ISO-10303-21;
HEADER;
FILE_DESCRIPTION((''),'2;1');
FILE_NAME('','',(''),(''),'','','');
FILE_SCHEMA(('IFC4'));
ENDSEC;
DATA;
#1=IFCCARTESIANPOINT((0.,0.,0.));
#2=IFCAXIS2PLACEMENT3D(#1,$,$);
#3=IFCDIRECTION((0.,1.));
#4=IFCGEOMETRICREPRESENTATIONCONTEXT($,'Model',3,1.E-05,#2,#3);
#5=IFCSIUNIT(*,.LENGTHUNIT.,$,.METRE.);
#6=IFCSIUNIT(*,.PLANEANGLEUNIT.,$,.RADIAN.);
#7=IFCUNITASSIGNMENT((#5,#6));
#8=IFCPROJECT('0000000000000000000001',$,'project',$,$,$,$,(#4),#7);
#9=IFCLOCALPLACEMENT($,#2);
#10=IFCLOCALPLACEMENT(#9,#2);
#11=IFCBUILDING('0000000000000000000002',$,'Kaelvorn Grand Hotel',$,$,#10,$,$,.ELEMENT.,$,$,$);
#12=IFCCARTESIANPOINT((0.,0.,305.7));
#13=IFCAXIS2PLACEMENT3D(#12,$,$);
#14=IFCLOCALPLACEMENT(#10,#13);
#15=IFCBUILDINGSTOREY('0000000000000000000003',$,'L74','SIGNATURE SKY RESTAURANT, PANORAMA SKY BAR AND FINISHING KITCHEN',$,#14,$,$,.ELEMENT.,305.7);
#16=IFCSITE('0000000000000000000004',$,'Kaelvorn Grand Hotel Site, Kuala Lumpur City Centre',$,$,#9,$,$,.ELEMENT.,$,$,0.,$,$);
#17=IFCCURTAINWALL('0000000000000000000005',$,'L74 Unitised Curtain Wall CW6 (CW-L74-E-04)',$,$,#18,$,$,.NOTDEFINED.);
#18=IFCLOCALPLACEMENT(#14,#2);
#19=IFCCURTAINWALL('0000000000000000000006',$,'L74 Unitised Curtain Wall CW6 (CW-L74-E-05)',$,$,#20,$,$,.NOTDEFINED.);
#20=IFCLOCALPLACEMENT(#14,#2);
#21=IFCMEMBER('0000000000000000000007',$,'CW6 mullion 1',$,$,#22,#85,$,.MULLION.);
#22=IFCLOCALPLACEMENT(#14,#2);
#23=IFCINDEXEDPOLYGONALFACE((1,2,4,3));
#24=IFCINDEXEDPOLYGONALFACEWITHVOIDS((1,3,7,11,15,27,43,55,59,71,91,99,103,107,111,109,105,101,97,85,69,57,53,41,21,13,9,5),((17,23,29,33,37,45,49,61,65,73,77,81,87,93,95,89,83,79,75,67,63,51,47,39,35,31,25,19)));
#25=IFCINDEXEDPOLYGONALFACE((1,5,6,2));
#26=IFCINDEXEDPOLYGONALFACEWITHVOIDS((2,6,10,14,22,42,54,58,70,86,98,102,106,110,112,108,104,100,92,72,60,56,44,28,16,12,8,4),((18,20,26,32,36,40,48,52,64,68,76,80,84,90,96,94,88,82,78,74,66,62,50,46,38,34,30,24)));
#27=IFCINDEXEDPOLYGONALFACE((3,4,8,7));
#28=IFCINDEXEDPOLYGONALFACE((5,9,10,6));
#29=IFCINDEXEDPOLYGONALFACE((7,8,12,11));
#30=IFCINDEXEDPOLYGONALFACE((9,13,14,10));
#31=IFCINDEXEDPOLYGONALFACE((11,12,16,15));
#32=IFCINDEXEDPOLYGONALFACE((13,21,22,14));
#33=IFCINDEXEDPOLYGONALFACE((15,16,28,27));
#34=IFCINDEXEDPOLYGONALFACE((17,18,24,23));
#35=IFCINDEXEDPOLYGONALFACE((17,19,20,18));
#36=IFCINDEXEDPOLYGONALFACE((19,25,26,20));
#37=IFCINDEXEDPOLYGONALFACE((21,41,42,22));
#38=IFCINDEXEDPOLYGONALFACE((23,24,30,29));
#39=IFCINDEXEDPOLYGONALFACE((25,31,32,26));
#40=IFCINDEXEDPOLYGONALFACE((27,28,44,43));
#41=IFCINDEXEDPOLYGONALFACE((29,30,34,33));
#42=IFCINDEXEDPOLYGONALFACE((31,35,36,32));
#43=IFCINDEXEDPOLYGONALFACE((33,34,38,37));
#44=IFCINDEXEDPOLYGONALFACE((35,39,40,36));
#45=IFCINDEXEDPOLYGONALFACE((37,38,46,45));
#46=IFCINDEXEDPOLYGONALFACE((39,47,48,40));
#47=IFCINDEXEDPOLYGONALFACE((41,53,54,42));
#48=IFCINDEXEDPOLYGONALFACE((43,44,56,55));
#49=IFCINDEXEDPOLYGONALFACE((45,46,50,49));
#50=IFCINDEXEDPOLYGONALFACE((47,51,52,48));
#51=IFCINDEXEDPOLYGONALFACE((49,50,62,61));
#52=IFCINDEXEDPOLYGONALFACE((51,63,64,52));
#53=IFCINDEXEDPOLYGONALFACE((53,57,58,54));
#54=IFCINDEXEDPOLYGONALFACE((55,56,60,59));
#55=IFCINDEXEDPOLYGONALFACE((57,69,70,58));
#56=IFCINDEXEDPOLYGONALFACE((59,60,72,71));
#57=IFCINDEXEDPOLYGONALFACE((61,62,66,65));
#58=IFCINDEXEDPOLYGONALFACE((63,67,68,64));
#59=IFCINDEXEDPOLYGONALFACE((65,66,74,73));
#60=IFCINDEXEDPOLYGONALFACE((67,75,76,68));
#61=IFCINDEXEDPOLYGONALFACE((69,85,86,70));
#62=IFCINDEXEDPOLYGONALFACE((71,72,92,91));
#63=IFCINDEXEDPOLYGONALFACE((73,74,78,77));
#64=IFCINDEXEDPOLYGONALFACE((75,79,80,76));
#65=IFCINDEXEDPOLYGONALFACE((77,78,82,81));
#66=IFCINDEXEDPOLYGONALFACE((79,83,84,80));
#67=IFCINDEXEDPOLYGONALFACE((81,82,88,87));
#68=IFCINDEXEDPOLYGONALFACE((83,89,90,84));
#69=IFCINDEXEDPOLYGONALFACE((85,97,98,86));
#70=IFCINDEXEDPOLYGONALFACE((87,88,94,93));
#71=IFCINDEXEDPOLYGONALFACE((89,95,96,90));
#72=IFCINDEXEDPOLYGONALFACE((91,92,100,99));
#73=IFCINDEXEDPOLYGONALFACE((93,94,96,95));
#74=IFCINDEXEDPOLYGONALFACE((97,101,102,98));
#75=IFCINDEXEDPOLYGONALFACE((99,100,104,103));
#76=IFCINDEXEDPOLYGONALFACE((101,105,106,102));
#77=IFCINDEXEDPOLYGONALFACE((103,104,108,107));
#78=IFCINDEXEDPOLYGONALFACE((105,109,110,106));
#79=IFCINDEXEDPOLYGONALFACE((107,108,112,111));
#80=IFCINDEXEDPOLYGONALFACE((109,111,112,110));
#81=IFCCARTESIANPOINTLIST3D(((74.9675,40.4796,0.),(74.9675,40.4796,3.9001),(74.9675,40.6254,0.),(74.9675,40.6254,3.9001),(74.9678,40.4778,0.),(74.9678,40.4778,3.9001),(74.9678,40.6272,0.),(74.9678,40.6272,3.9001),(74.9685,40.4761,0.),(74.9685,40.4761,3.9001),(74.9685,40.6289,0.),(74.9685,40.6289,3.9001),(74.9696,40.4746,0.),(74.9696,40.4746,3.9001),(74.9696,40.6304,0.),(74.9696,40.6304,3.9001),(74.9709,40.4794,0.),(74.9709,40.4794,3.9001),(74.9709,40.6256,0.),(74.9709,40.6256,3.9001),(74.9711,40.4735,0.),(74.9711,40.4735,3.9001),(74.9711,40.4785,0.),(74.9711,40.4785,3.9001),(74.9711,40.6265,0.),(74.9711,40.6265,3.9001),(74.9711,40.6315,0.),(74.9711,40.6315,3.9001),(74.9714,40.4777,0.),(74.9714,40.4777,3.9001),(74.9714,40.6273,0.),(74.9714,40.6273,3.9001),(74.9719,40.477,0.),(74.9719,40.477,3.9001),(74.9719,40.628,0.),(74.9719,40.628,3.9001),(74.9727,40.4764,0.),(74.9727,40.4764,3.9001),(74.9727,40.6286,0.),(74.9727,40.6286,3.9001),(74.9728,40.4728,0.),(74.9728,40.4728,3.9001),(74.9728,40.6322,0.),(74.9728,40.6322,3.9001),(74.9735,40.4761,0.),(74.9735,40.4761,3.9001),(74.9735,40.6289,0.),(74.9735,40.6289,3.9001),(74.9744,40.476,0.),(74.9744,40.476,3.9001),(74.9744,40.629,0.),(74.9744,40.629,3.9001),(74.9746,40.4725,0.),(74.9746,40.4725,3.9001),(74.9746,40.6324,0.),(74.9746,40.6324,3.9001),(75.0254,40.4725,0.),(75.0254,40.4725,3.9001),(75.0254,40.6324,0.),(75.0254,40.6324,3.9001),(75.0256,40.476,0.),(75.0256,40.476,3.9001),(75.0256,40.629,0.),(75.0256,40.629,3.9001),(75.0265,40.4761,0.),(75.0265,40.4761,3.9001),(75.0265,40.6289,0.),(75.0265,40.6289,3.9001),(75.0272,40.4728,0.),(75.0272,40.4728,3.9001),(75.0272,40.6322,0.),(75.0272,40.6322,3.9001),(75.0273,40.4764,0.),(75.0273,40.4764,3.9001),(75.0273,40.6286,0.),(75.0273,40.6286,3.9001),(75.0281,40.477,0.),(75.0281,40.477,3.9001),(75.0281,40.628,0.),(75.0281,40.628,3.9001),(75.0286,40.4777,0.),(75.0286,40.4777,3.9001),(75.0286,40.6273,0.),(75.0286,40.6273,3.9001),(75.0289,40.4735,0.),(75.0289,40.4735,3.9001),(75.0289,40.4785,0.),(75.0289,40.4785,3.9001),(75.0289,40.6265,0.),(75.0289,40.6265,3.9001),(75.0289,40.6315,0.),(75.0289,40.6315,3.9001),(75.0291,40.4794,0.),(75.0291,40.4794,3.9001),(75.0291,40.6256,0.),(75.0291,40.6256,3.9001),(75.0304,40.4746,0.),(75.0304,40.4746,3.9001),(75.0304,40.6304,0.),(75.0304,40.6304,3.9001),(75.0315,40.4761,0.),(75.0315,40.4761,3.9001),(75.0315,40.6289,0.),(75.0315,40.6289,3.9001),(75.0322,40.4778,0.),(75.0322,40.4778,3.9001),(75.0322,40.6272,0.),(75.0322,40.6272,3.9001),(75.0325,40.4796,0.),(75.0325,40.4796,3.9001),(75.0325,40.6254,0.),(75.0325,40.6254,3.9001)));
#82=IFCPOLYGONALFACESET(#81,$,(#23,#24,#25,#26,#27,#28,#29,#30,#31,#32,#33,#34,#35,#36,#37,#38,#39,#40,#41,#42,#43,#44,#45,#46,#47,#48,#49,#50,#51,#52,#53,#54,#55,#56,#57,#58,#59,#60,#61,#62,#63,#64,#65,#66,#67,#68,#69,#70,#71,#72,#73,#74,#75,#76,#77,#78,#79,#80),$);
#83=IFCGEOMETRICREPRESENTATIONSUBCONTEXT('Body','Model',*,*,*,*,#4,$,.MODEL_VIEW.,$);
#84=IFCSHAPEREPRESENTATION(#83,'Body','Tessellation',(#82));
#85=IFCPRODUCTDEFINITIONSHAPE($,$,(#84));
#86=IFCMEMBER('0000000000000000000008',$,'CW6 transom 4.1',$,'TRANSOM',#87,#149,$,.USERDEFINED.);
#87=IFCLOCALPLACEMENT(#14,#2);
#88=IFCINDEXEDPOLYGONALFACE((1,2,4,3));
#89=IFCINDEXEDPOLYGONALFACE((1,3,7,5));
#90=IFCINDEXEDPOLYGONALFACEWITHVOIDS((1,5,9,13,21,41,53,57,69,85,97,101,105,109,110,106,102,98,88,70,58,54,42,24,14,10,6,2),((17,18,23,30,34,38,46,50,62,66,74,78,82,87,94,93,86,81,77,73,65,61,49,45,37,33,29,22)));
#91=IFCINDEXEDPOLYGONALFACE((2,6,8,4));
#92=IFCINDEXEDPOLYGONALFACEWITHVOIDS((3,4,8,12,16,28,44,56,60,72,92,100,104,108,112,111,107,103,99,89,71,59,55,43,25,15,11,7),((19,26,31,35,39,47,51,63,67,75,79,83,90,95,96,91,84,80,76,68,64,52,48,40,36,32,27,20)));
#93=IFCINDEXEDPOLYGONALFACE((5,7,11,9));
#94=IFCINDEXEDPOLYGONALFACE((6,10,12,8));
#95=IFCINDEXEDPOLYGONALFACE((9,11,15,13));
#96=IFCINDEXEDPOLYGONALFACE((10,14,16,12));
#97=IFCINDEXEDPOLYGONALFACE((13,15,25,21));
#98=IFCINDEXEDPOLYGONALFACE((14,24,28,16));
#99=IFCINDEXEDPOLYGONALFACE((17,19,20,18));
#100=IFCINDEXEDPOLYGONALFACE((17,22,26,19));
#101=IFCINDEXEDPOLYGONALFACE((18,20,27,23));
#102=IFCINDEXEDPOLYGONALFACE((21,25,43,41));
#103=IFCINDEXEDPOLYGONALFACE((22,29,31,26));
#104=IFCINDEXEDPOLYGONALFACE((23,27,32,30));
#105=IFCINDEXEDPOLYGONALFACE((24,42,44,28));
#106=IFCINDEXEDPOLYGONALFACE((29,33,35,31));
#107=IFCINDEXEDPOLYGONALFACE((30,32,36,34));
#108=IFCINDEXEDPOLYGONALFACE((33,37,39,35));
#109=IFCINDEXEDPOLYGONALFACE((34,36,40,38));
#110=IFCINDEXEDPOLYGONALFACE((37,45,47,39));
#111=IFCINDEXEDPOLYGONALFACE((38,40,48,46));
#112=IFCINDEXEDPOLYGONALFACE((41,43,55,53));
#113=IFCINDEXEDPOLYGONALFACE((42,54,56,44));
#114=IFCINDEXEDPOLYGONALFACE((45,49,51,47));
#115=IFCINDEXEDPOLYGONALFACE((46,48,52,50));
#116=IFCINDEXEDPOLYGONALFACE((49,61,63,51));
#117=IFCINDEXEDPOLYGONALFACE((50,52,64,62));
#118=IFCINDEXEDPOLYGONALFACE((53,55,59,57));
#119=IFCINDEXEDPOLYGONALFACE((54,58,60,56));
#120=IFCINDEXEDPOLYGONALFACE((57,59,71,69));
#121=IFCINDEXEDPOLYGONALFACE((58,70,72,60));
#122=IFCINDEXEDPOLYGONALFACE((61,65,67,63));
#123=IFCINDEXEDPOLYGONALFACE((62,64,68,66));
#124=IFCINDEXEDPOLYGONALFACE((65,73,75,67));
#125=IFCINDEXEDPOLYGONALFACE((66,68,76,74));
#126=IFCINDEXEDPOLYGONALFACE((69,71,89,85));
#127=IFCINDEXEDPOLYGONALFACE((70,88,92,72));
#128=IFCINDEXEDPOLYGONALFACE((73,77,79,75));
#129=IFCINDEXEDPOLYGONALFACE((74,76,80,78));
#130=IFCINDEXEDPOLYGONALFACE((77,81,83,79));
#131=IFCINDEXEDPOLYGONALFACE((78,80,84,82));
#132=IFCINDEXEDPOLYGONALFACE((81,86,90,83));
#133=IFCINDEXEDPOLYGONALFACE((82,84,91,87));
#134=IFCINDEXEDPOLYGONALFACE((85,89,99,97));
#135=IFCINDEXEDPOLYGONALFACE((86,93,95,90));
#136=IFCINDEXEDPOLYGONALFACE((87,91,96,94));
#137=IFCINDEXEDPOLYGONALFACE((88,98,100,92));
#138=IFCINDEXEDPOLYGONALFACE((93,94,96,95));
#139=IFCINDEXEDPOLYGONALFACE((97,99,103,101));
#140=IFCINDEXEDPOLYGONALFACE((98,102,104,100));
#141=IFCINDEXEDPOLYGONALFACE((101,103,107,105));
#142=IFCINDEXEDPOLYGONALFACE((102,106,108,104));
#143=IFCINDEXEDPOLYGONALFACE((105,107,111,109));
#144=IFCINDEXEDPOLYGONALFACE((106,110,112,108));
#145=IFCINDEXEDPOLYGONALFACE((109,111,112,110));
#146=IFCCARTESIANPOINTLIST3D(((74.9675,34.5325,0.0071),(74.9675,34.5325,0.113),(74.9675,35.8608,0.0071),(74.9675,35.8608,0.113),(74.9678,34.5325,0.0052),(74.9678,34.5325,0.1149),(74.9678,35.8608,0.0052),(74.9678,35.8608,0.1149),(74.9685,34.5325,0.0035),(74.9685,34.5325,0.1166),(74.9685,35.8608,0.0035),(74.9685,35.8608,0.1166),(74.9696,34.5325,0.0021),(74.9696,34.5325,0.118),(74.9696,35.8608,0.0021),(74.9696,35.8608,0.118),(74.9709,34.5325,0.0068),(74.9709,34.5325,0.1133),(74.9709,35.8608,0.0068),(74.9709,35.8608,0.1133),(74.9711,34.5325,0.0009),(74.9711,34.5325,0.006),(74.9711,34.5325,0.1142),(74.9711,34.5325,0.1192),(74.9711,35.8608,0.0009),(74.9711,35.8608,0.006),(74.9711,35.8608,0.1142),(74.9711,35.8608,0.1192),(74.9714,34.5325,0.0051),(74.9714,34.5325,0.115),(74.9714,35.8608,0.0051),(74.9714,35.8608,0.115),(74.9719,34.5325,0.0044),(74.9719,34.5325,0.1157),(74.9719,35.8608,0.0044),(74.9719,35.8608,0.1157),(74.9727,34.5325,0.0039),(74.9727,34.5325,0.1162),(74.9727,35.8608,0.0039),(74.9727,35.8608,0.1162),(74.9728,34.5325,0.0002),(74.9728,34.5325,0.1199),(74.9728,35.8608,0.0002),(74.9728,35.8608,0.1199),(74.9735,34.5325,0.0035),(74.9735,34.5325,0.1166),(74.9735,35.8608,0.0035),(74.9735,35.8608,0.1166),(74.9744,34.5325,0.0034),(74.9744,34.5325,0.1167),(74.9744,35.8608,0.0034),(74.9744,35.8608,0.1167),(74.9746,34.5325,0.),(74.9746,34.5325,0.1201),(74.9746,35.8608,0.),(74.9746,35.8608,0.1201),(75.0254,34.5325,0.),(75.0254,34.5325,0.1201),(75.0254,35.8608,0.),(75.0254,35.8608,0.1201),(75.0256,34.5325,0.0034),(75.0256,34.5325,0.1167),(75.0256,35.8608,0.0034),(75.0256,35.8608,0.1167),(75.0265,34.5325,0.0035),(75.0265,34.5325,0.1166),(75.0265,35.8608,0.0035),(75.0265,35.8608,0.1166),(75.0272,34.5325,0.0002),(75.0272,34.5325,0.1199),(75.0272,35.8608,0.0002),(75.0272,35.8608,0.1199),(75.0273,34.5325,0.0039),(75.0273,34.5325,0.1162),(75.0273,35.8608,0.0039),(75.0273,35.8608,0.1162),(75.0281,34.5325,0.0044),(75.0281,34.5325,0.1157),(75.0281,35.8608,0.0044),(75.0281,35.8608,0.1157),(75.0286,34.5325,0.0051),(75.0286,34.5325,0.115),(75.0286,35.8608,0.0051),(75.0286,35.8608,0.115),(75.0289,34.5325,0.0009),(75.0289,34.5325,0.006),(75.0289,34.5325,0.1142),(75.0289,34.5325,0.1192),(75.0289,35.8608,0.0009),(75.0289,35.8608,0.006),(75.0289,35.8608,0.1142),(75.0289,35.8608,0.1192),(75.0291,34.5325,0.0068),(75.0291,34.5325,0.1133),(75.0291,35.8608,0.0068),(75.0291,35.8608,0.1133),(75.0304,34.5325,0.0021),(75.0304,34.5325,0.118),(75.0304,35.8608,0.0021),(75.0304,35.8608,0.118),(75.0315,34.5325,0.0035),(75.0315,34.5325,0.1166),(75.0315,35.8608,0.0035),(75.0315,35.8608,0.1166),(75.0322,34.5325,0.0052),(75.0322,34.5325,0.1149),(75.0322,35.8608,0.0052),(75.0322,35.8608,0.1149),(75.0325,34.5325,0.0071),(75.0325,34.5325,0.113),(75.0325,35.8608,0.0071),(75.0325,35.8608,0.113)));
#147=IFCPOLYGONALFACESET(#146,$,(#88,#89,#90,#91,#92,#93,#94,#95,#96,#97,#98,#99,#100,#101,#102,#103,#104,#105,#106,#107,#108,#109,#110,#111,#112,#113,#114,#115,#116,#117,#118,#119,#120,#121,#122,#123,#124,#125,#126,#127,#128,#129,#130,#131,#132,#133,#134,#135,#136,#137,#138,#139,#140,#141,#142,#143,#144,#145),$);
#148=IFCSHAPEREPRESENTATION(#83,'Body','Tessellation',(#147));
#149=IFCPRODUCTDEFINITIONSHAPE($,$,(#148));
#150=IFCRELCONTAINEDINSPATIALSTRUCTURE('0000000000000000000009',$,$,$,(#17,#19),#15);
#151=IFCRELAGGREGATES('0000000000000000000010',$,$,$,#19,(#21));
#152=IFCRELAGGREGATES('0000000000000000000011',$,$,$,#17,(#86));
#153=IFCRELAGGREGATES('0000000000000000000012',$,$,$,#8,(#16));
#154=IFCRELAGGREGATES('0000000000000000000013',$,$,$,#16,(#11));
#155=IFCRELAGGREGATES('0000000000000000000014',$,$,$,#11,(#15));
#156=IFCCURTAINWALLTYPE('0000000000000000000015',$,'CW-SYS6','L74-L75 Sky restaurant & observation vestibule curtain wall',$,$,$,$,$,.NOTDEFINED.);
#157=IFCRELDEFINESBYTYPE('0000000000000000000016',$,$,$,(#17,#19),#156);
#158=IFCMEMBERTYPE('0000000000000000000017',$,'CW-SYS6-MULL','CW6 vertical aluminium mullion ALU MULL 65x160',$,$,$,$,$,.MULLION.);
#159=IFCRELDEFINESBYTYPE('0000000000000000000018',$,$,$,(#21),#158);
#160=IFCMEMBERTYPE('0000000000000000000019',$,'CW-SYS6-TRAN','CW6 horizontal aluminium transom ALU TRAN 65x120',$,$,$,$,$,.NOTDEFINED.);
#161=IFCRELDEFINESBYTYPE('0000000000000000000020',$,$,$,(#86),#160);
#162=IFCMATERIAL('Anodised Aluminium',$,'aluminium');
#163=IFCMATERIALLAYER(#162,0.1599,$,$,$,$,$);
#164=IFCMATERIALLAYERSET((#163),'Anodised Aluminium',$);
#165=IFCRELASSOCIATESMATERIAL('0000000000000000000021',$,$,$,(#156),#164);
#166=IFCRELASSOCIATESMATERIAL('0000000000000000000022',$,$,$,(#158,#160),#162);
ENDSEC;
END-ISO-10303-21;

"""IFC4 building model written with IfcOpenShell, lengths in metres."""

from ifc_helpers import new_model, si_unit, direction, frame, origin, origin_2d, place, context, subcontext, project, spatial, hollow_rectangle, extrude, material, layer, layer_set, material_profile, profile_set, type_object, element, aggregate, save


model = new_model("IFC4")

# Units and contexts
model_context = context("Model", 3, precision=1e-05, world=origin(), true_north=direction((0.0, 1.0)))
body_context = subcontext(model_context, "Body", "Model", "MODEL_VIEW")
ifc_project = project(units=[si_unit("LENGTHUNIT", "METRE"), si_unit("PLANEANGLEUNIT", "RADIAN")], contexts=[model_context])

# Site, building, storey
site_placement = place(None, origin())
site = spatial("IfcSite", under=ifc_project, at=site_placement, Name="Kaelvorn Grand Hotel Site, Kuala Lumpur City Centre", CompositionType="ELEMENT", RefElevation=0.0)
building_placement = place(site_placement, origin())
building = spatial("IfcBuilding", under=site, at=building_placement, Name="Kaelvorn Grand Hotel", CompositionType="ELEMENT")
storey_placement = place(building_placement, frame((0.0, 0.0, 305.7)))
storey = spatial("IfcBuildingStorey", under=building, at=storey_placement, Name="L74", Description="SIGNATURE SKY RESTAURANT, PANORAMA SKY BAR AND FINISHING KITCHEN", CompositionType="ELEMENT", Elevation=305.7)

# Curtain wall
ifc_material_1 = material(Name="Anodised Aluminium", Category="aluminium")
ifc_layer_1 = layer(ifc_material_1, 0.1599)
ifc_layer_set_1 = layer_set([ifc_layer_1], Name="Anodised Aluminium")
curtain_wall_type = type_object("IfcCurtainWallType", Name="CW-SYS6", Description="L74-L75 Sky restaurant & observation vestibule curtain wall", PredefinedType="NOTDEFINED", material=ifc_layer_set_1)
curtain_wall_1_placement = place(storey_placement, origin())
curtain_wall_1 = element("IfcCurtainWall", 1, at=curtain_wall_1_placement, inside=storey, type_object=curtain_wall_type, Name="L74 Unitised Curtain Wall CW6 (CW-L74-E-04)", PredefinedType="NOTDEFINED")
ifc_material_profile_1 = material_profile(ifc_material_1, hollow_rectangle(XDim=0.0649, YDim=0.1599, WallThickness=0.0034, InnerFilletRadius=0.0034, OuterFilletRadius=0.0071, at=origin_2d()), Name="ALU MULL 65x160")
ifc_profile_set_1 = profile_set([ifc_material_profile_1], Name="Anodised Aluminium")
member_type_1 = type_object("IfcMemberType", Name="CW-SYS6-MULL", Description="CW6 vertical aluminium mullion ALU MULL 65x160", PredefinedType="MULLION", material=ifc_profile_set_1)

# Curtain wall, member
curtain_wall_2_placement = place(storey_placement, origin())
curtain_wall_2 = element("IfcCurtainWall", 2, at=curtain_wall_2_placement, inside=storey, type_object=curtain_wall_type, Name="L74 Unitised Curtain Wall CW6 (CW-L74-E-05)", PredefinedType="NOTDEFINED")
member_1_placement = place(storey_placement, frame((75.0, 40.5525, 0.0), z_axis=(0.0, 0.0, 1.0), x_axis=(-1.0, 0.0, 0.0)))
member_1 = element("IfcMember", 3, at=member_1_placement, type_object=member_type_1, Name="CW6 mullion 1", PredefinedType="MULLION", context=body_context, shape_type="SweptSolid", body=[
    extrude(hollow_rectangle(XDim=0.0649, YDim=0.1599, WallThickness=0.0034, InnerFilletRadius=0.0034, OuterFilletRadius=0.0071, at=origin_2d()), origin(), (0.0, 0.0, 1.0), 3.9001),
])
aggregate(curtain_wall_2, [member_1])

# Member
ifc_material_profile_2 = material_profile(ifc_material_1, hollow_rectangle(XDim=0.0649, YDim=0.1201, WallThickness=0.0034, InnerFilletRadius=0.0034, OuterFilletRadius=0.0071, at=origin_2d()), Name="ALU TRAN 65x120")
ifc_profile_set_2 = profile_set([ifc_material_profile_2], Name="Anodised Aluminium")
member_type_2 = type_object("IfcMemberType", Name="CW-SYS6-TRAN", Description="CW6 horizontal aluminium transom ALU TRAN 65x120", PredefinedType="NOTDEFINED", material=ifc_profile_set_2)
member_2_placement = place(storey_placement, frame((75.0, 34.5325, 0.0601), z_axis=(0.0, 1.0, 0.0), x_axis=(-1.0, 0.0, 0.0)))
member_2 = element("IfcMember", 4, at=member_2_placement, type_object=member_type_2, Name="CW6 transom 4.1", ObjectType="TRANSOM", PredefinedType="USERDEFINED", context=body_context, shape_type="SweptSolid", body=[
    extrude(hollow_rectangle(XDim=0.0649, YDim=0.1201, WallThickness=0.0034, InnerFilletRadius=0.0034, OuterFilletRadius=0.0071, at=origin_2d()), origin(), (0.0, 0.0, 1.0), 1.3284),
])

aggregate(curtain_wall_1, [member_2])

save(model, "model.ifc")
